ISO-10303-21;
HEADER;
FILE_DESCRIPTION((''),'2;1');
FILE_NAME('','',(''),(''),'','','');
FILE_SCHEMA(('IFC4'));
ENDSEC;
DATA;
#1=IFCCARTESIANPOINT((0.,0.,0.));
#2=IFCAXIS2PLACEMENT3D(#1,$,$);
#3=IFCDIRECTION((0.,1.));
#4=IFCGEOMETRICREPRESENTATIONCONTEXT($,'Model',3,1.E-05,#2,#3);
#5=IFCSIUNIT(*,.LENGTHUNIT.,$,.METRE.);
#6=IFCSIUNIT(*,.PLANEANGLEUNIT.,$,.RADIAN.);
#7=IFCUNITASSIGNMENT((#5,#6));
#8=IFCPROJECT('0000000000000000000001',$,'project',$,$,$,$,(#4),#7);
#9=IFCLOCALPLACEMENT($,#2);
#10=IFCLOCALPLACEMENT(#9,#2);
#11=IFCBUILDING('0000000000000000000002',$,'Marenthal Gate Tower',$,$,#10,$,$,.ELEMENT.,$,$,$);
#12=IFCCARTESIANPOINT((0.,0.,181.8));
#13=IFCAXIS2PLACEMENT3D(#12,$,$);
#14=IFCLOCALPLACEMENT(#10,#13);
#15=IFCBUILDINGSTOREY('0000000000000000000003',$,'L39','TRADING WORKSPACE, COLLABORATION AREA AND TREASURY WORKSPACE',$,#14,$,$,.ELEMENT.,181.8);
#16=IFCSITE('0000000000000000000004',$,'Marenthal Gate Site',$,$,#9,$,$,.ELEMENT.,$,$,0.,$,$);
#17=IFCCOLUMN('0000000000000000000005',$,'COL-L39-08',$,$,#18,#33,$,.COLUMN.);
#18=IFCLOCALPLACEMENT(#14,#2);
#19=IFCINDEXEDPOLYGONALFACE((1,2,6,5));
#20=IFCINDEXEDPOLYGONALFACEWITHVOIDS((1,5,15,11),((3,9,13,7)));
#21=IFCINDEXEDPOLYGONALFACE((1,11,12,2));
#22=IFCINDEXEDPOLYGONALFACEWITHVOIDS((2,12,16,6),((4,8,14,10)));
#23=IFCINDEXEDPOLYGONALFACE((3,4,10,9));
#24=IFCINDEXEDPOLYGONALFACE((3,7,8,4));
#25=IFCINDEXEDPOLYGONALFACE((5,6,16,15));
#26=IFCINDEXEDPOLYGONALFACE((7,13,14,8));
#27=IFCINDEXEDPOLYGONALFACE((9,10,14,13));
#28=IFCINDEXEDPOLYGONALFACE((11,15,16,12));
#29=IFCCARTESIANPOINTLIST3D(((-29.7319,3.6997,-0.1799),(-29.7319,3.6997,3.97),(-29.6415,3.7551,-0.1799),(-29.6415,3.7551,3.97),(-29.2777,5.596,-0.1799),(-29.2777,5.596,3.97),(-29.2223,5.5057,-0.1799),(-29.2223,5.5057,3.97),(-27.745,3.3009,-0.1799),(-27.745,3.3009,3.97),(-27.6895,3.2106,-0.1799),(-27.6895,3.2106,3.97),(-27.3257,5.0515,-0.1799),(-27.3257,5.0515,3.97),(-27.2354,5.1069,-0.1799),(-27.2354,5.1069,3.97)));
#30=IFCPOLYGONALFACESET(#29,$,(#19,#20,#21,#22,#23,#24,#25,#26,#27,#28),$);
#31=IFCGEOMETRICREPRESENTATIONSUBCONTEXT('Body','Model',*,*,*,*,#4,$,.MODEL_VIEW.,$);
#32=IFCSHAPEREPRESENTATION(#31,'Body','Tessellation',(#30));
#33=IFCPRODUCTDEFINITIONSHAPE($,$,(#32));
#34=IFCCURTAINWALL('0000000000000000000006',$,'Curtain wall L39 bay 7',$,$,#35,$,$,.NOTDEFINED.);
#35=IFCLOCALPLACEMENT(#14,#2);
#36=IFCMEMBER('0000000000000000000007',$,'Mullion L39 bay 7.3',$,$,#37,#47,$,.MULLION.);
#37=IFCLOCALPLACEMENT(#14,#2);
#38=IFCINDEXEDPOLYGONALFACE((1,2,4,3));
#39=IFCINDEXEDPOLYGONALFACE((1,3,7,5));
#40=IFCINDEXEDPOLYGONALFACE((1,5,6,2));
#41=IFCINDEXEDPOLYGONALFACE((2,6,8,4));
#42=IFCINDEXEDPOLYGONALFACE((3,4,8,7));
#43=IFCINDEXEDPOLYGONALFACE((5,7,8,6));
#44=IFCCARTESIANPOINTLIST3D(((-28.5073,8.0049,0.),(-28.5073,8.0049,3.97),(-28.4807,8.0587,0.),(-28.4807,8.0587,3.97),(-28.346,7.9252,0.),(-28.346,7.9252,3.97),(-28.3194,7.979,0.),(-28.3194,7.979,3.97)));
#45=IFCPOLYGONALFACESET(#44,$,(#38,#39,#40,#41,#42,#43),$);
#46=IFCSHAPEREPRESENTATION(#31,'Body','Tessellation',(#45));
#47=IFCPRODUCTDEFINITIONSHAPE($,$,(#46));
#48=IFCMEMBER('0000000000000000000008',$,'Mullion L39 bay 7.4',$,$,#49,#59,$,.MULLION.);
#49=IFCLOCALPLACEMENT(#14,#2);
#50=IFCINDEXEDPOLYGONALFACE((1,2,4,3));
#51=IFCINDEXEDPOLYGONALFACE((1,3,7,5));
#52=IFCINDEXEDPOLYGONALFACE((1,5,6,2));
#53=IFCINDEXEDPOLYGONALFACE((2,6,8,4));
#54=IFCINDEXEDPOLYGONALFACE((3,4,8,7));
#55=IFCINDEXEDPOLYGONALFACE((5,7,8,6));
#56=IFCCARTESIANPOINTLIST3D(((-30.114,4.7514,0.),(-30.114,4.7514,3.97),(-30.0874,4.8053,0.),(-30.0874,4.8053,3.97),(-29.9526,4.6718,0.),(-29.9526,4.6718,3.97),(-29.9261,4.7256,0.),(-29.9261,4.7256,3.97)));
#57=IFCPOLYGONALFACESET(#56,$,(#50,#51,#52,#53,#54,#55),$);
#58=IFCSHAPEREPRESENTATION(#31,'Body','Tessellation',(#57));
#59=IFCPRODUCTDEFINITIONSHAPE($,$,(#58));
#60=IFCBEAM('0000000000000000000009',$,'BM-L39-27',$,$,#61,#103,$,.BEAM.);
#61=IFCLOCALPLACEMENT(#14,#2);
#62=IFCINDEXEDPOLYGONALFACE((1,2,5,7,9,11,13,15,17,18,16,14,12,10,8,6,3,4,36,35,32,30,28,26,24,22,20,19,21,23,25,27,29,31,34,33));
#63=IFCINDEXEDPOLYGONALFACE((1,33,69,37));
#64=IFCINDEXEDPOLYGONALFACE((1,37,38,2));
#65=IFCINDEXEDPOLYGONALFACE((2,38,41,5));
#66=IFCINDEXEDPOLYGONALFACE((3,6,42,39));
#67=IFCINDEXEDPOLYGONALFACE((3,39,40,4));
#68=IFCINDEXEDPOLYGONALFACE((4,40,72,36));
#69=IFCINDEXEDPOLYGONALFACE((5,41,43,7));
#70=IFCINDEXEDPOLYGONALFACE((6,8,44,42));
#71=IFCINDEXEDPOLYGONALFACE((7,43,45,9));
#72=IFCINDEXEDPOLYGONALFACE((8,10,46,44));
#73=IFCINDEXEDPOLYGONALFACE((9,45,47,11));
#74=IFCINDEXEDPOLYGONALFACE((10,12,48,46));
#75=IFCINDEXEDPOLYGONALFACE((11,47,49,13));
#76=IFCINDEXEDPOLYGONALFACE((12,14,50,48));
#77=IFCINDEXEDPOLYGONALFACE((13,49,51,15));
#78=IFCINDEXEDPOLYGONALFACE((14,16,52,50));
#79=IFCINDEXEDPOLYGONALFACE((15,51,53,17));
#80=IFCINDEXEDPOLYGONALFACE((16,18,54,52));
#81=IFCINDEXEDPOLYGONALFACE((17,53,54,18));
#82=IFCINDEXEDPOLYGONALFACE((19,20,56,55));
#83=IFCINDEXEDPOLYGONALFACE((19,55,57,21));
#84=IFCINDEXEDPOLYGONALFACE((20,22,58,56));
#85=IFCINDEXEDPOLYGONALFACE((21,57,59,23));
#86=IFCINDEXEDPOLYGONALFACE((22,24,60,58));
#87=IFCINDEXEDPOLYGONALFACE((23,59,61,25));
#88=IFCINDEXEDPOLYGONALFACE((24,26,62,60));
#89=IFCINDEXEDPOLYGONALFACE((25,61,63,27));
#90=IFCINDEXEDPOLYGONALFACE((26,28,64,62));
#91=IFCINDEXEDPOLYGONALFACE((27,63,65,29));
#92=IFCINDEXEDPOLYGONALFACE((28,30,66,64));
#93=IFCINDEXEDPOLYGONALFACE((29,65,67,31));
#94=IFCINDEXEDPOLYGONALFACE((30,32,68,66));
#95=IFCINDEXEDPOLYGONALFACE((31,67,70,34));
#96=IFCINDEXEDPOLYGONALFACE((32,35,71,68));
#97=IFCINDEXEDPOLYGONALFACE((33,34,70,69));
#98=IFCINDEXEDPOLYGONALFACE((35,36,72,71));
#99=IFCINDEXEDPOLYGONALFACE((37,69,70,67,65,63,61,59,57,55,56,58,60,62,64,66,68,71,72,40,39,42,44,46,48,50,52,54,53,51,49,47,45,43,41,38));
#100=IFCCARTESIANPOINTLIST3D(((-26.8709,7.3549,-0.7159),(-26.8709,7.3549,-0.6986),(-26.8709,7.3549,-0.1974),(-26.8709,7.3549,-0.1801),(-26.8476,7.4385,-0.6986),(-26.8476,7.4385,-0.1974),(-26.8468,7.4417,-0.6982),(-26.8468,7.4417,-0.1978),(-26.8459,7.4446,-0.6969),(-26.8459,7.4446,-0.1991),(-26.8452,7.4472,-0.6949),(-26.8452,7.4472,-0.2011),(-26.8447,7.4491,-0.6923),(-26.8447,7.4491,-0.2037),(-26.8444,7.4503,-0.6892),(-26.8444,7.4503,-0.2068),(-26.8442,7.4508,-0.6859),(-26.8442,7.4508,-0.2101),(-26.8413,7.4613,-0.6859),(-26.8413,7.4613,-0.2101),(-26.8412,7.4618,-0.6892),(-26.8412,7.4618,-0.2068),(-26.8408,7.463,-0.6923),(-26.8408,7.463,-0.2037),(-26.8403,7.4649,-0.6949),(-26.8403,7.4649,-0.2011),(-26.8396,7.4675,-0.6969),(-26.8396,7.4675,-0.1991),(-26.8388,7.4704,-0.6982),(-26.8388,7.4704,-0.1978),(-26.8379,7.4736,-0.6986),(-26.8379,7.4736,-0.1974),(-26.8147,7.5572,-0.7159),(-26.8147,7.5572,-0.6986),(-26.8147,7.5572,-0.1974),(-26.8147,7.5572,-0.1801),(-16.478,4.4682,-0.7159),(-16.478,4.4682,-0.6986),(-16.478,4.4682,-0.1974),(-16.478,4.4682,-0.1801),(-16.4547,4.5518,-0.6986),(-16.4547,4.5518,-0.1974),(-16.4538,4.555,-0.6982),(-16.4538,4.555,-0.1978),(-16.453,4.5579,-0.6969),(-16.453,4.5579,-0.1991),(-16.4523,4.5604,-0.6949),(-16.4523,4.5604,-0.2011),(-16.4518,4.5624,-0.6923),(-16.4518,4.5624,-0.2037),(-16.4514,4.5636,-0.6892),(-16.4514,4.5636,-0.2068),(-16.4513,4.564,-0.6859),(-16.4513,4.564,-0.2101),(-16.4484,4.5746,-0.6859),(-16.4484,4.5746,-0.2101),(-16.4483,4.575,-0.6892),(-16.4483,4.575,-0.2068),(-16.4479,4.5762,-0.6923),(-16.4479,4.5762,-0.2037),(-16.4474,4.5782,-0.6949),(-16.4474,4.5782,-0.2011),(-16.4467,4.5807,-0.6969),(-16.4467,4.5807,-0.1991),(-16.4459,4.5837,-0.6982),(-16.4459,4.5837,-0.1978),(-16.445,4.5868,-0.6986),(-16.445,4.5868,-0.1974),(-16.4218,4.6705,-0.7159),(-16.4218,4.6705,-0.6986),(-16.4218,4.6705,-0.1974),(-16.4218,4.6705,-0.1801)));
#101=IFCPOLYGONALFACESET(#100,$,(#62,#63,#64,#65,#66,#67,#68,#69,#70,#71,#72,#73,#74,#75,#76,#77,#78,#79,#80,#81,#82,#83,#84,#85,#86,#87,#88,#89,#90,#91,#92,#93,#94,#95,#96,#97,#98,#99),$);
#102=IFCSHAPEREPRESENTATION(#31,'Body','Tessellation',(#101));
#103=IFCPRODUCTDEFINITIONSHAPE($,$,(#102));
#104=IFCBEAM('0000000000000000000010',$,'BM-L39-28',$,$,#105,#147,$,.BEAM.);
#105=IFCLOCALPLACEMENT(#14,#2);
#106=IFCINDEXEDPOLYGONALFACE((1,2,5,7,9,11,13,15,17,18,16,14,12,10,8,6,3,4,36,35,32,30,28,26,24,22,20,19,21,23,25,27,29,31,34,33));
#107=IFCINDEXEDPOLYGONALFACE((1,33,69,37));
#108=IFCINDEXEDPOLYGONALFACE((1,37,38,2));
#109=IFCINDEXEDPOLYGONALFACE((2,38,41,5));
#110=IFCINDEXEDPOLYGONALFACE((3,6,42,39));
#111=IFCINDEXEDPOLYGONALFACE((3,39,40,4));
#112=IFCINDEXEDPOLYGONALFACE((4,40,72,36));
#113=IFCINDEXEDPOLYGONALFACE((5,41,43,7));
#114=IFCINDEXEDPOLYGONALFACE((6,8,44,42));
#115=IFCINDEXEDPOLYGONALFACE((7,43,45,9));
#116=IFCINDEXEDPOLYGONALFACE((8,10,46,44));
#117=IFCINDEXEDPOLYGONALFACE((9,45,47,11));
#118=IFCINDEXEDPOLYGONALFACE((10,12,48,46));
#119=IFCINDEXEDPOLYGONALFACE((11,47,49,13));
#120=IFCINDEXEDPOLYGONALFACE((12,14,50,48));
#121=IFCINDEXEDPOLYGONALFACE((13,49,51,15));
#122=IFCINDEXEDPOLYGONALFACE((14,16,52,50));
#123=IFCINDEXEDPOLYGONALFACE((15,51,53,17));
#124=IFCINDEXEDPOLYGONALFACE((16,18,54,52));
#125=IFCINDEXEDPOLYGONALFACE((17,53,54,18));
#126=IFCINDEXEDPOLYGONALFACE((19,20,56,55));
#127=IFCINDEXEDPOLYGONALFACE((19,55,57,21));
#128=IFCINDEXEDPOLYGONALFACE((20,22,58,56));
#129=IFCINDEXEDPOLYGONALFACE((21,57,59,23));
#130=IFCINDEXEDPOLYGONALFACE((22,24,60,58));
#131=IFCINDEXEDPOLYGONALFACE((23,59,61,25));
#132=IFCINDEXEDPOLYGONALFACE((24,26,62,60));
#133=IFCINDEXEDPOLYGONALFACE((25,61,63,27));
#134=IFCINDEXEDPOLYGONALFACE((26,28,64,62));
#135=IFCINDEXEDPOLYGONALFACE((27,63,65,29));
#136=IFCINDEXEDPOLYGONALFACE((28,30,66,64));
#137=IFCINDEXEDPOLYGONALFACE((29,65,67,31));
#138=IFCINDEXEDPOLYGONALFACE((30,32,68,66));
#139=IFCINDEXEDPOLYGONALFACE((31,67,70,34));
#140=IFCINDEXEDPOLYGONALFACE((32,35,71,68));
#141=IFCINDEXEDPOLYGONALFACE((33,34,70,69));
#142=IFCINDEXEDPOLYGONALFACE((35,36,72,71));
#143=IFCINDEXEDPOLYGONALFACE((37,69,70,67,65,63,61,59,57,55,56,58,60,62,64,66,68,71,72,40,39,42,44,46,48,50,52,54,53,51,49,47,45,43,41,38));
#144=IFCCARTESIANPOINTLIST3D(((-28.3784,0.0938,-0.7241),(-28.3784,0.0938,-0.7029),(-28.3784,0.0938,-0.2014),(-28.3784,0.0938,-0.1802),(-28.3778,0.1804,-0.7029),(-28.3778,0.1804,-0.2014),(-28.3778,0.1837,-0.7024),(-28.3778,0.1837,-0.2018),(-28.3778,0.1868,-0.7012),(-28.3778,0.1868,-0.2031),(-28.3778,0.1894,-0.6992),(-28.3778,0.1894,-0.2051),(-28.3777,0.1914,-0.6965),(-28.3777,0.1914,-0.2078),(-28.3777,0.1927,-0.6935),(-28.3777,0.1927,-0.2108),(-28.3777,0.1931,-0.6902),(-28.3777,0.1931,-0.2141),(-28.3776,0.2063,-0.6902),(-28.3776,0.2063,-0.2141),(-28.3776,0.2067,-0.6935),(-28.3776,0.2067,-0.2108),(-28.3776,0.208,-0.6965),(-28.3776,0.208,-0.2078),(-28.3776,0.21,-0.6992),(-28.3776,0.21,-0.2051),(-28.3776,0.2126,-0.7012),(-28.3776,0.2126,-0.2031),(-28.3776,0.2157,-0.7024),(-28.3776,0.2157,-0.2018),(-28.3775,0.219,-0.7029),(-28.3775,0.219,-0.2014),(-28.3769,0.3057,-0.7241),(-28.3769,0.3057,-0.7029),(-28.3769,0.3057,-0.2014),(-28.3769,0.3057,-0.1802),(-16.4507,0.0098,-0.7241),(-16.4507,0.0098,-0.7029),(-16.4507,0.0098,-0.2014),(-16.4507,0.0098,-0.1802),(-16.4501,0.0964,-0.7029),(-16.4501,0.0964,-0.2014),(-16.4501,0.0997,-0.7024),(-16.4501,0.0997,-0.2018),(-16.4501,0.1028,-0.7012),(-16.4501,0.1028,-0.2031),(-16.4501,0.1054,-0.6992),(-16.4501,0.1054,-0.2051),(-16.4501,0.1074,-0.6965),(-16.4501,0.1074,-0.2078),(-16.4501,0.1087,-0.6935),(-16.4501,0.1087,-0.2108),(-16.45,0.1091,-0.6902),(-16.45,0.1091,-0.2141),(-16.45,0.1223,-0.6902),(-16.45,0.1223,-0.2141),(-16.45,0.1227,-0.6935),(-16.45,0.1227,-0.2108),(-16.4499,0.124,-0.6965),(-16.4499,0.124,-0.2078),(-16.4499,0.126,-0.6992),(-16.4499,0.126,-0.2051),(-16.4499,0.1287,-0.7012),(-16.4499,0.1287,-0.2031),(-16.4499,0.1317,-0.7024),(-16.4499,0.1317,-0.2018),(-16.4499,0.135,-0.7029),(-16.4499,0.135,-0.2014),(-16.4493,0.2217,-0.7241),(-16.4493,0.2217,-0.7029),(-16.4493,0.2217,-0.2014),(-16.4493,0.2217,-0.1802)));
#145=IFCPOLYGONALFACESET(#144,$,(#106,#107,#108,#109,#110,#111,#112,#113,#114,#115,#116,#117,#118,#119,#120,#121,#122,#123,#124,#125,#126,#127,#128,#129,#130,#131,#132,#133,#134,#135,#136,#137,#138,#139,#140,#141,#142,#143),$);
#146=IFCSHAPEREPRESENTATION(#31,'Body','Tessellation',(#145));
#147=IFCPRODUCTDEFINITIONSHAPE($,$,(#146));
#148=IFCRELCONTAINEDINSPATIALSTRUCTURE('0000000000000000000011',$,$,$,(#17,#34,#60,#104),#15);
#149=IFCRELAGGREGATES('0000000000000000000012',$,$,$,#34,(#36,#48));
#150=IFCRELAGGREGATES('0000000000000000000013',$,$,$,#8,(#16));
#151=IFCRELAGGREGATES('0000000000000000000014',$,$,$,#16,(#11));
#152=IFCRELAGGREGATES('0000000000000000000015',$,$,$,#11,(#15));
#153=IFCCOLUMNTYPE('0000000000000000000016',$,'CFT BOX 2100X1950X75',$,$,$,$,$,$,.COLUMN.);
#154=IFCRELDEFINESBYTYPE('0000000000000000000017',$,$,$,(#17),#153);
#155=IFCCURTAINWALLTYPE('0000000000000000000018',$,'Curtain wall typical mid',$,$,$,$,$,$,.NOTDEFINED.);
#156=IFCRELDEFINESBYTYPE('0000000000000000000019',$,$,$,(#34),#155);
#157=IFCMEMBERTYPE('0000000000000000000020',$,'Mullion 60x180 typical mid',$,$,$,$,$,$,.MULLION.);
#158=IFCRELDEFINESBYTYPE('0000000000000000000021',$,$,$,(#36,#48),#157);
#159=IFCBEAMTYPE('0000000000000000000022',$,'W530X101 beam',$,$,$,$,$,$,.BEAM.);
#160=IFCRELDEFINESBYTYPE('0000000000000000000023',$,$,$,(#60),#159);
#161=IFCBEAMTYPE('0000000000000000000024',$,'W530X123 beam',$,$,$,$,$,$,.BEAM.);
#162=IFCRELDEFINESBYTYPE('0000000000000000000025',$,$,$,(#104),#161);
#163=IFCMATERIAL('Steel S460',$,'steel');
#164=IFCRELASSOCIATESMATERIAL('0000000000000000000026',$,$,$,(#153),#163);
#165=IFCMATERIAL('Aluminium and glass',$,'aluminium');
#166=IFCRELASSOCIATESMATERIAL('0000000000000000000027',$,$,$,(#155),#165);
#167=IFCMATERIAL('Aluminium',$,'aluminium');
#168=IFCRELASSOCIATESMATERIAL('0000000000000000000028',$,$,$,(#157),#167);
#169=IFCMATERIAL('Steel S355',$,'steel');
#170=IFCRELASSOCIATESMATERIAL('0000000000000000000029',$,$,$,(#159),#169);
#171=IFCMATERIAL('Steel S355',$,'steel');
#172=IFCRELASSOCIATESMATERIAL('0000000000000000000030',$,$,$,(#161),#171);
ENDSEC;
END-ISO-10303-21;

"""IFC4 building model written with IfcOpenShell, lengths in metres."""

from ifc_helpers import new_model, si_unit, direction, frame, origin, origin_2d, place, context, subcontext, project, spatial, rectangle, hollow_rectangle, i_section, extrude, material, material_profile, profile_set, type_object, element, aggregate, save


model = new_model("IFC4")

# Units and contexts
model_context = context("Model", 3, precision=1e-05, world=origin(), true_north=direction((0.0, 1.0)))
body_context = subcontext(model_context, "Body", "Model", "MODEL_VIEW")
ifc_project = project(units=[si_unit("LENGTHUNIT", "METRE"), si_unit("PLANEANGLEUNIT", "RADIAN")], contexts=[model_context])

# Site, building, storey
site_placement = place(None, origin())
site = spatial("IfcSite", under=ifc_project, at=site_placement, Name="Marenthal Gate Site", CompositionType="ELEMENT", RefElevation=0.0)
building_placement = place(site_placement, origin())
building = spatial("IfcBuilding", under=site, at=building_placement, Name="Marenthal Gate Tower", CompositionType="ELEMENT")
storey_placement = place(building_placement, frame((0.0, 0.0, 181.8)))
storey = spatial("IfcBuildingStorey", under=building, at=storey_placement, Name="L39", Description="TRADING WORKSPACE, COLLABORATION AREA AND TREASURY WORKSPACE", CompositionType="ELEMENT", Elevation=181.8)

# Column
ifc_material_1 = material(Name="Steel S460", Category="steel")
ifc_material_profile_1 = material_profile(ifc_material_1, hollow_rectangle(XDim=1.95, YDim=2.1001, WallThickness=0.075, at=origin_2d()), Name="CFT BOX 2100X1950X75")
ifc_material_2 = material(Name="Concrete 70 MPa", Category="concrete")
ifc_material_profile_2 = material_profile(ifc_material_2, rectangle(XDim=1.8, YDim=1.95, at=origin_2d()), Name="CFT BOX 2100X1950X75 INFILL")
ifc_profile_set_1 = profile_set([ifc_material_profile_1, ifc_material_profile_2], Name="Steel S460 shell, Concrete 70 MPa infill")
column_type = type_object("IfcColumnType", Name="CFT BOX 2100X1950X75", PredefinedType="COLUMN", material=ifc_profile_set_1)
column_placement = place(storey_placement, frame((-28.4836, 4.4033, -0.1799), z_axis=(0.0, 0.0, 1.0), x_axis=(0.232899, 0.972501, 0.0)))
element("IfcColumn", 1, at=column_placement, inside=storey, type_object=column_type, Name="COL-L39-08", PredefinedType="COLUMN", context=body_context, shape_type="SweptSolid", body=[
    extrude(hollow_rectangle(XDim=1.95, YDim=2.1001, WallThickness=0.075, at=origin_2d()), origin(), (0.0, 0.0, 1.0), 4.1499),
])

# Curtain wall, members
ifc_material_3 = material(Name="Aluminium and glass", Category="aluminium")
curtain_wall_type = type_object("IfcCurtainWallType", Name="Curtain wall typical mid", PredefinedType="NOTDEFINED", material=ifc_material_3)
curtain_wall_placement = place(storey_placement, origin())
curtain_wall = element("IfcCurtainWall", 2, at=curtain_wall_placement, inside=storey, type_object=curtain_wall_type, Name="Curtain wall L39 bay 7", PredefinedType="NOTDEFINED")
ifc_material_4 = material(Name="Aluminium", Category="aluminium")
ifc_material_profile_3 = material_profile(ifc_material_4, rectangle(XDim=0.1799, YDim=0.0601, at=origin_2d()), Name="60x180 aluminium mullion")
ifc_profile_set_2 = profile_set([ifc_material_profile_3], Name="Aluminium")
member_type = type_object("IfcMemberType", Name="Mullion 60x180 typical mid", PredefinedType="MULLION", material=ifc_profile_set_2)
member_1_placement = place(storey_placement, frame((-28.4133, 7.9919, 0.0), z_axis=(0.0, 0.0, 1.0), x_axis=(0.896643, -0.442753, 0.0)))
member_1 = element("IfcMember", 3, at=member_1_placement, type_object=member_type, Name="Mullion L39 bay 7.3", PredefinedType="MULLION", context=body_context, shape_type="SweptSolid", body=[
    extrude(rectangle(XDim=0.1799, YDim=0.0601, at=origin_2d()), origin(), (0.0, 0.0, 1.0), 3.97),
])
member_2_placement = place(storey_placement, frame((-30.02, 4.7385, 0.0), z_axis=(0.0, 0.0, 1.0), x_axis=(0.896643, -0.442753, 0.0)))
member_2 = element("IfcMember", 4, at=member_2_placement, type_object=member_type, Name="Mullion L39 bay 7.4", PredefinedType="MULLION", context=body_context, shape_type="SweptSolid", body=[
    extrude(rectangle(XDim=0.1799, YDim=0.0601, at=origin_2d()), origin(), (0.0, 0.0, 1.0), 3.97),
])

# Beams
ifc_material_5 = material(Name="Steel S355", Category="steel")
ifc_material_profile_4 = material_profile(ifc_material_5, i_section(OverallWidth=0.21, OverallDepth=0.5359, WebThickness=0.011, FlangeThickness=0.0173, FilletRadius=0.0127, at=origin_2d()), Name="W530X101")
ifc_profile_set_3 = profile_set([ifc_material_profile_4], Name="Steel S355")
beam_type_1 = type_object("IfcBeamType", Name="W530X101 beam", PredefinedType="BEAM", material=ifc_profile_set_3)
beam_1_placement = place(storey_placement, frame((-26.8428, 7.4561, -0.448), z_axis=(0.963522, -0.267629, 0.0), x_axis=(0.267629, 0.963522, 0.0)))
element("IfcBeam", 5, at=beam_1_placement, inside=storey, type_object=beam_type_1, Name="BM-L39-27", PredefinedType="BEAM", context=body_context, shape_type="SweptSolid", body=[
    extrude(i_section(OverallWidth=0.21, OverallDepth=0.5359, WebThickness=0.011, FlangeThickness=0.0173, FilletRadius=0.0127, at=origin_2d()), origin(), (0.0, 0.0, 1.0), 10.7864),
])
ifc_material_6 = material(Name="Steel S355", Category="steel")
ifc_material_profile_5 = material_profile(ifc_material_6, i_section(OverallWidth=0.2119, OverallDepth=0.5439, WebThickness=0.0132, FlangeThickness=0.0212, FilletRadius=0.0127, at=origin_2d()), Name="W530X123")
ifc_profile_set_4 = profile_set([ifc_material_profile_5], Name="Steel S355")
beam_type_2 = type_object("IfcBeamType", Name="W530X123 beam", PredefinedType="BEAM", material=ifc_profile_set_4)
beam_2_placement = place(storey_placement, frame((-28.3777, 0.1997, -0.4521), z_axis=(0.999975, -0.007041, 0.0), x_axis=(0.007041, 0.999975, 0.0)))
element("IfcBeam", 6, at=beam_2_placement, inside=storey, type_object=beam_type_2, Name="BM-L39-28", PredefinedType="BEAM", context=body_context, shape_type="SweptSolid", body=[
    extrude(i_section(OverallWidth=0.2119, OverallDepth=0.5439, WebThickness=0.0132, FlangeThickness=0.0212, FilletRadius=0.0127, at=origin_2d()), origin(), (0.0, 0.0, 1.0), 11.928),
])

aggregate(curtain_wall, [member_1, member_2])

save(model, "model.ifc")
